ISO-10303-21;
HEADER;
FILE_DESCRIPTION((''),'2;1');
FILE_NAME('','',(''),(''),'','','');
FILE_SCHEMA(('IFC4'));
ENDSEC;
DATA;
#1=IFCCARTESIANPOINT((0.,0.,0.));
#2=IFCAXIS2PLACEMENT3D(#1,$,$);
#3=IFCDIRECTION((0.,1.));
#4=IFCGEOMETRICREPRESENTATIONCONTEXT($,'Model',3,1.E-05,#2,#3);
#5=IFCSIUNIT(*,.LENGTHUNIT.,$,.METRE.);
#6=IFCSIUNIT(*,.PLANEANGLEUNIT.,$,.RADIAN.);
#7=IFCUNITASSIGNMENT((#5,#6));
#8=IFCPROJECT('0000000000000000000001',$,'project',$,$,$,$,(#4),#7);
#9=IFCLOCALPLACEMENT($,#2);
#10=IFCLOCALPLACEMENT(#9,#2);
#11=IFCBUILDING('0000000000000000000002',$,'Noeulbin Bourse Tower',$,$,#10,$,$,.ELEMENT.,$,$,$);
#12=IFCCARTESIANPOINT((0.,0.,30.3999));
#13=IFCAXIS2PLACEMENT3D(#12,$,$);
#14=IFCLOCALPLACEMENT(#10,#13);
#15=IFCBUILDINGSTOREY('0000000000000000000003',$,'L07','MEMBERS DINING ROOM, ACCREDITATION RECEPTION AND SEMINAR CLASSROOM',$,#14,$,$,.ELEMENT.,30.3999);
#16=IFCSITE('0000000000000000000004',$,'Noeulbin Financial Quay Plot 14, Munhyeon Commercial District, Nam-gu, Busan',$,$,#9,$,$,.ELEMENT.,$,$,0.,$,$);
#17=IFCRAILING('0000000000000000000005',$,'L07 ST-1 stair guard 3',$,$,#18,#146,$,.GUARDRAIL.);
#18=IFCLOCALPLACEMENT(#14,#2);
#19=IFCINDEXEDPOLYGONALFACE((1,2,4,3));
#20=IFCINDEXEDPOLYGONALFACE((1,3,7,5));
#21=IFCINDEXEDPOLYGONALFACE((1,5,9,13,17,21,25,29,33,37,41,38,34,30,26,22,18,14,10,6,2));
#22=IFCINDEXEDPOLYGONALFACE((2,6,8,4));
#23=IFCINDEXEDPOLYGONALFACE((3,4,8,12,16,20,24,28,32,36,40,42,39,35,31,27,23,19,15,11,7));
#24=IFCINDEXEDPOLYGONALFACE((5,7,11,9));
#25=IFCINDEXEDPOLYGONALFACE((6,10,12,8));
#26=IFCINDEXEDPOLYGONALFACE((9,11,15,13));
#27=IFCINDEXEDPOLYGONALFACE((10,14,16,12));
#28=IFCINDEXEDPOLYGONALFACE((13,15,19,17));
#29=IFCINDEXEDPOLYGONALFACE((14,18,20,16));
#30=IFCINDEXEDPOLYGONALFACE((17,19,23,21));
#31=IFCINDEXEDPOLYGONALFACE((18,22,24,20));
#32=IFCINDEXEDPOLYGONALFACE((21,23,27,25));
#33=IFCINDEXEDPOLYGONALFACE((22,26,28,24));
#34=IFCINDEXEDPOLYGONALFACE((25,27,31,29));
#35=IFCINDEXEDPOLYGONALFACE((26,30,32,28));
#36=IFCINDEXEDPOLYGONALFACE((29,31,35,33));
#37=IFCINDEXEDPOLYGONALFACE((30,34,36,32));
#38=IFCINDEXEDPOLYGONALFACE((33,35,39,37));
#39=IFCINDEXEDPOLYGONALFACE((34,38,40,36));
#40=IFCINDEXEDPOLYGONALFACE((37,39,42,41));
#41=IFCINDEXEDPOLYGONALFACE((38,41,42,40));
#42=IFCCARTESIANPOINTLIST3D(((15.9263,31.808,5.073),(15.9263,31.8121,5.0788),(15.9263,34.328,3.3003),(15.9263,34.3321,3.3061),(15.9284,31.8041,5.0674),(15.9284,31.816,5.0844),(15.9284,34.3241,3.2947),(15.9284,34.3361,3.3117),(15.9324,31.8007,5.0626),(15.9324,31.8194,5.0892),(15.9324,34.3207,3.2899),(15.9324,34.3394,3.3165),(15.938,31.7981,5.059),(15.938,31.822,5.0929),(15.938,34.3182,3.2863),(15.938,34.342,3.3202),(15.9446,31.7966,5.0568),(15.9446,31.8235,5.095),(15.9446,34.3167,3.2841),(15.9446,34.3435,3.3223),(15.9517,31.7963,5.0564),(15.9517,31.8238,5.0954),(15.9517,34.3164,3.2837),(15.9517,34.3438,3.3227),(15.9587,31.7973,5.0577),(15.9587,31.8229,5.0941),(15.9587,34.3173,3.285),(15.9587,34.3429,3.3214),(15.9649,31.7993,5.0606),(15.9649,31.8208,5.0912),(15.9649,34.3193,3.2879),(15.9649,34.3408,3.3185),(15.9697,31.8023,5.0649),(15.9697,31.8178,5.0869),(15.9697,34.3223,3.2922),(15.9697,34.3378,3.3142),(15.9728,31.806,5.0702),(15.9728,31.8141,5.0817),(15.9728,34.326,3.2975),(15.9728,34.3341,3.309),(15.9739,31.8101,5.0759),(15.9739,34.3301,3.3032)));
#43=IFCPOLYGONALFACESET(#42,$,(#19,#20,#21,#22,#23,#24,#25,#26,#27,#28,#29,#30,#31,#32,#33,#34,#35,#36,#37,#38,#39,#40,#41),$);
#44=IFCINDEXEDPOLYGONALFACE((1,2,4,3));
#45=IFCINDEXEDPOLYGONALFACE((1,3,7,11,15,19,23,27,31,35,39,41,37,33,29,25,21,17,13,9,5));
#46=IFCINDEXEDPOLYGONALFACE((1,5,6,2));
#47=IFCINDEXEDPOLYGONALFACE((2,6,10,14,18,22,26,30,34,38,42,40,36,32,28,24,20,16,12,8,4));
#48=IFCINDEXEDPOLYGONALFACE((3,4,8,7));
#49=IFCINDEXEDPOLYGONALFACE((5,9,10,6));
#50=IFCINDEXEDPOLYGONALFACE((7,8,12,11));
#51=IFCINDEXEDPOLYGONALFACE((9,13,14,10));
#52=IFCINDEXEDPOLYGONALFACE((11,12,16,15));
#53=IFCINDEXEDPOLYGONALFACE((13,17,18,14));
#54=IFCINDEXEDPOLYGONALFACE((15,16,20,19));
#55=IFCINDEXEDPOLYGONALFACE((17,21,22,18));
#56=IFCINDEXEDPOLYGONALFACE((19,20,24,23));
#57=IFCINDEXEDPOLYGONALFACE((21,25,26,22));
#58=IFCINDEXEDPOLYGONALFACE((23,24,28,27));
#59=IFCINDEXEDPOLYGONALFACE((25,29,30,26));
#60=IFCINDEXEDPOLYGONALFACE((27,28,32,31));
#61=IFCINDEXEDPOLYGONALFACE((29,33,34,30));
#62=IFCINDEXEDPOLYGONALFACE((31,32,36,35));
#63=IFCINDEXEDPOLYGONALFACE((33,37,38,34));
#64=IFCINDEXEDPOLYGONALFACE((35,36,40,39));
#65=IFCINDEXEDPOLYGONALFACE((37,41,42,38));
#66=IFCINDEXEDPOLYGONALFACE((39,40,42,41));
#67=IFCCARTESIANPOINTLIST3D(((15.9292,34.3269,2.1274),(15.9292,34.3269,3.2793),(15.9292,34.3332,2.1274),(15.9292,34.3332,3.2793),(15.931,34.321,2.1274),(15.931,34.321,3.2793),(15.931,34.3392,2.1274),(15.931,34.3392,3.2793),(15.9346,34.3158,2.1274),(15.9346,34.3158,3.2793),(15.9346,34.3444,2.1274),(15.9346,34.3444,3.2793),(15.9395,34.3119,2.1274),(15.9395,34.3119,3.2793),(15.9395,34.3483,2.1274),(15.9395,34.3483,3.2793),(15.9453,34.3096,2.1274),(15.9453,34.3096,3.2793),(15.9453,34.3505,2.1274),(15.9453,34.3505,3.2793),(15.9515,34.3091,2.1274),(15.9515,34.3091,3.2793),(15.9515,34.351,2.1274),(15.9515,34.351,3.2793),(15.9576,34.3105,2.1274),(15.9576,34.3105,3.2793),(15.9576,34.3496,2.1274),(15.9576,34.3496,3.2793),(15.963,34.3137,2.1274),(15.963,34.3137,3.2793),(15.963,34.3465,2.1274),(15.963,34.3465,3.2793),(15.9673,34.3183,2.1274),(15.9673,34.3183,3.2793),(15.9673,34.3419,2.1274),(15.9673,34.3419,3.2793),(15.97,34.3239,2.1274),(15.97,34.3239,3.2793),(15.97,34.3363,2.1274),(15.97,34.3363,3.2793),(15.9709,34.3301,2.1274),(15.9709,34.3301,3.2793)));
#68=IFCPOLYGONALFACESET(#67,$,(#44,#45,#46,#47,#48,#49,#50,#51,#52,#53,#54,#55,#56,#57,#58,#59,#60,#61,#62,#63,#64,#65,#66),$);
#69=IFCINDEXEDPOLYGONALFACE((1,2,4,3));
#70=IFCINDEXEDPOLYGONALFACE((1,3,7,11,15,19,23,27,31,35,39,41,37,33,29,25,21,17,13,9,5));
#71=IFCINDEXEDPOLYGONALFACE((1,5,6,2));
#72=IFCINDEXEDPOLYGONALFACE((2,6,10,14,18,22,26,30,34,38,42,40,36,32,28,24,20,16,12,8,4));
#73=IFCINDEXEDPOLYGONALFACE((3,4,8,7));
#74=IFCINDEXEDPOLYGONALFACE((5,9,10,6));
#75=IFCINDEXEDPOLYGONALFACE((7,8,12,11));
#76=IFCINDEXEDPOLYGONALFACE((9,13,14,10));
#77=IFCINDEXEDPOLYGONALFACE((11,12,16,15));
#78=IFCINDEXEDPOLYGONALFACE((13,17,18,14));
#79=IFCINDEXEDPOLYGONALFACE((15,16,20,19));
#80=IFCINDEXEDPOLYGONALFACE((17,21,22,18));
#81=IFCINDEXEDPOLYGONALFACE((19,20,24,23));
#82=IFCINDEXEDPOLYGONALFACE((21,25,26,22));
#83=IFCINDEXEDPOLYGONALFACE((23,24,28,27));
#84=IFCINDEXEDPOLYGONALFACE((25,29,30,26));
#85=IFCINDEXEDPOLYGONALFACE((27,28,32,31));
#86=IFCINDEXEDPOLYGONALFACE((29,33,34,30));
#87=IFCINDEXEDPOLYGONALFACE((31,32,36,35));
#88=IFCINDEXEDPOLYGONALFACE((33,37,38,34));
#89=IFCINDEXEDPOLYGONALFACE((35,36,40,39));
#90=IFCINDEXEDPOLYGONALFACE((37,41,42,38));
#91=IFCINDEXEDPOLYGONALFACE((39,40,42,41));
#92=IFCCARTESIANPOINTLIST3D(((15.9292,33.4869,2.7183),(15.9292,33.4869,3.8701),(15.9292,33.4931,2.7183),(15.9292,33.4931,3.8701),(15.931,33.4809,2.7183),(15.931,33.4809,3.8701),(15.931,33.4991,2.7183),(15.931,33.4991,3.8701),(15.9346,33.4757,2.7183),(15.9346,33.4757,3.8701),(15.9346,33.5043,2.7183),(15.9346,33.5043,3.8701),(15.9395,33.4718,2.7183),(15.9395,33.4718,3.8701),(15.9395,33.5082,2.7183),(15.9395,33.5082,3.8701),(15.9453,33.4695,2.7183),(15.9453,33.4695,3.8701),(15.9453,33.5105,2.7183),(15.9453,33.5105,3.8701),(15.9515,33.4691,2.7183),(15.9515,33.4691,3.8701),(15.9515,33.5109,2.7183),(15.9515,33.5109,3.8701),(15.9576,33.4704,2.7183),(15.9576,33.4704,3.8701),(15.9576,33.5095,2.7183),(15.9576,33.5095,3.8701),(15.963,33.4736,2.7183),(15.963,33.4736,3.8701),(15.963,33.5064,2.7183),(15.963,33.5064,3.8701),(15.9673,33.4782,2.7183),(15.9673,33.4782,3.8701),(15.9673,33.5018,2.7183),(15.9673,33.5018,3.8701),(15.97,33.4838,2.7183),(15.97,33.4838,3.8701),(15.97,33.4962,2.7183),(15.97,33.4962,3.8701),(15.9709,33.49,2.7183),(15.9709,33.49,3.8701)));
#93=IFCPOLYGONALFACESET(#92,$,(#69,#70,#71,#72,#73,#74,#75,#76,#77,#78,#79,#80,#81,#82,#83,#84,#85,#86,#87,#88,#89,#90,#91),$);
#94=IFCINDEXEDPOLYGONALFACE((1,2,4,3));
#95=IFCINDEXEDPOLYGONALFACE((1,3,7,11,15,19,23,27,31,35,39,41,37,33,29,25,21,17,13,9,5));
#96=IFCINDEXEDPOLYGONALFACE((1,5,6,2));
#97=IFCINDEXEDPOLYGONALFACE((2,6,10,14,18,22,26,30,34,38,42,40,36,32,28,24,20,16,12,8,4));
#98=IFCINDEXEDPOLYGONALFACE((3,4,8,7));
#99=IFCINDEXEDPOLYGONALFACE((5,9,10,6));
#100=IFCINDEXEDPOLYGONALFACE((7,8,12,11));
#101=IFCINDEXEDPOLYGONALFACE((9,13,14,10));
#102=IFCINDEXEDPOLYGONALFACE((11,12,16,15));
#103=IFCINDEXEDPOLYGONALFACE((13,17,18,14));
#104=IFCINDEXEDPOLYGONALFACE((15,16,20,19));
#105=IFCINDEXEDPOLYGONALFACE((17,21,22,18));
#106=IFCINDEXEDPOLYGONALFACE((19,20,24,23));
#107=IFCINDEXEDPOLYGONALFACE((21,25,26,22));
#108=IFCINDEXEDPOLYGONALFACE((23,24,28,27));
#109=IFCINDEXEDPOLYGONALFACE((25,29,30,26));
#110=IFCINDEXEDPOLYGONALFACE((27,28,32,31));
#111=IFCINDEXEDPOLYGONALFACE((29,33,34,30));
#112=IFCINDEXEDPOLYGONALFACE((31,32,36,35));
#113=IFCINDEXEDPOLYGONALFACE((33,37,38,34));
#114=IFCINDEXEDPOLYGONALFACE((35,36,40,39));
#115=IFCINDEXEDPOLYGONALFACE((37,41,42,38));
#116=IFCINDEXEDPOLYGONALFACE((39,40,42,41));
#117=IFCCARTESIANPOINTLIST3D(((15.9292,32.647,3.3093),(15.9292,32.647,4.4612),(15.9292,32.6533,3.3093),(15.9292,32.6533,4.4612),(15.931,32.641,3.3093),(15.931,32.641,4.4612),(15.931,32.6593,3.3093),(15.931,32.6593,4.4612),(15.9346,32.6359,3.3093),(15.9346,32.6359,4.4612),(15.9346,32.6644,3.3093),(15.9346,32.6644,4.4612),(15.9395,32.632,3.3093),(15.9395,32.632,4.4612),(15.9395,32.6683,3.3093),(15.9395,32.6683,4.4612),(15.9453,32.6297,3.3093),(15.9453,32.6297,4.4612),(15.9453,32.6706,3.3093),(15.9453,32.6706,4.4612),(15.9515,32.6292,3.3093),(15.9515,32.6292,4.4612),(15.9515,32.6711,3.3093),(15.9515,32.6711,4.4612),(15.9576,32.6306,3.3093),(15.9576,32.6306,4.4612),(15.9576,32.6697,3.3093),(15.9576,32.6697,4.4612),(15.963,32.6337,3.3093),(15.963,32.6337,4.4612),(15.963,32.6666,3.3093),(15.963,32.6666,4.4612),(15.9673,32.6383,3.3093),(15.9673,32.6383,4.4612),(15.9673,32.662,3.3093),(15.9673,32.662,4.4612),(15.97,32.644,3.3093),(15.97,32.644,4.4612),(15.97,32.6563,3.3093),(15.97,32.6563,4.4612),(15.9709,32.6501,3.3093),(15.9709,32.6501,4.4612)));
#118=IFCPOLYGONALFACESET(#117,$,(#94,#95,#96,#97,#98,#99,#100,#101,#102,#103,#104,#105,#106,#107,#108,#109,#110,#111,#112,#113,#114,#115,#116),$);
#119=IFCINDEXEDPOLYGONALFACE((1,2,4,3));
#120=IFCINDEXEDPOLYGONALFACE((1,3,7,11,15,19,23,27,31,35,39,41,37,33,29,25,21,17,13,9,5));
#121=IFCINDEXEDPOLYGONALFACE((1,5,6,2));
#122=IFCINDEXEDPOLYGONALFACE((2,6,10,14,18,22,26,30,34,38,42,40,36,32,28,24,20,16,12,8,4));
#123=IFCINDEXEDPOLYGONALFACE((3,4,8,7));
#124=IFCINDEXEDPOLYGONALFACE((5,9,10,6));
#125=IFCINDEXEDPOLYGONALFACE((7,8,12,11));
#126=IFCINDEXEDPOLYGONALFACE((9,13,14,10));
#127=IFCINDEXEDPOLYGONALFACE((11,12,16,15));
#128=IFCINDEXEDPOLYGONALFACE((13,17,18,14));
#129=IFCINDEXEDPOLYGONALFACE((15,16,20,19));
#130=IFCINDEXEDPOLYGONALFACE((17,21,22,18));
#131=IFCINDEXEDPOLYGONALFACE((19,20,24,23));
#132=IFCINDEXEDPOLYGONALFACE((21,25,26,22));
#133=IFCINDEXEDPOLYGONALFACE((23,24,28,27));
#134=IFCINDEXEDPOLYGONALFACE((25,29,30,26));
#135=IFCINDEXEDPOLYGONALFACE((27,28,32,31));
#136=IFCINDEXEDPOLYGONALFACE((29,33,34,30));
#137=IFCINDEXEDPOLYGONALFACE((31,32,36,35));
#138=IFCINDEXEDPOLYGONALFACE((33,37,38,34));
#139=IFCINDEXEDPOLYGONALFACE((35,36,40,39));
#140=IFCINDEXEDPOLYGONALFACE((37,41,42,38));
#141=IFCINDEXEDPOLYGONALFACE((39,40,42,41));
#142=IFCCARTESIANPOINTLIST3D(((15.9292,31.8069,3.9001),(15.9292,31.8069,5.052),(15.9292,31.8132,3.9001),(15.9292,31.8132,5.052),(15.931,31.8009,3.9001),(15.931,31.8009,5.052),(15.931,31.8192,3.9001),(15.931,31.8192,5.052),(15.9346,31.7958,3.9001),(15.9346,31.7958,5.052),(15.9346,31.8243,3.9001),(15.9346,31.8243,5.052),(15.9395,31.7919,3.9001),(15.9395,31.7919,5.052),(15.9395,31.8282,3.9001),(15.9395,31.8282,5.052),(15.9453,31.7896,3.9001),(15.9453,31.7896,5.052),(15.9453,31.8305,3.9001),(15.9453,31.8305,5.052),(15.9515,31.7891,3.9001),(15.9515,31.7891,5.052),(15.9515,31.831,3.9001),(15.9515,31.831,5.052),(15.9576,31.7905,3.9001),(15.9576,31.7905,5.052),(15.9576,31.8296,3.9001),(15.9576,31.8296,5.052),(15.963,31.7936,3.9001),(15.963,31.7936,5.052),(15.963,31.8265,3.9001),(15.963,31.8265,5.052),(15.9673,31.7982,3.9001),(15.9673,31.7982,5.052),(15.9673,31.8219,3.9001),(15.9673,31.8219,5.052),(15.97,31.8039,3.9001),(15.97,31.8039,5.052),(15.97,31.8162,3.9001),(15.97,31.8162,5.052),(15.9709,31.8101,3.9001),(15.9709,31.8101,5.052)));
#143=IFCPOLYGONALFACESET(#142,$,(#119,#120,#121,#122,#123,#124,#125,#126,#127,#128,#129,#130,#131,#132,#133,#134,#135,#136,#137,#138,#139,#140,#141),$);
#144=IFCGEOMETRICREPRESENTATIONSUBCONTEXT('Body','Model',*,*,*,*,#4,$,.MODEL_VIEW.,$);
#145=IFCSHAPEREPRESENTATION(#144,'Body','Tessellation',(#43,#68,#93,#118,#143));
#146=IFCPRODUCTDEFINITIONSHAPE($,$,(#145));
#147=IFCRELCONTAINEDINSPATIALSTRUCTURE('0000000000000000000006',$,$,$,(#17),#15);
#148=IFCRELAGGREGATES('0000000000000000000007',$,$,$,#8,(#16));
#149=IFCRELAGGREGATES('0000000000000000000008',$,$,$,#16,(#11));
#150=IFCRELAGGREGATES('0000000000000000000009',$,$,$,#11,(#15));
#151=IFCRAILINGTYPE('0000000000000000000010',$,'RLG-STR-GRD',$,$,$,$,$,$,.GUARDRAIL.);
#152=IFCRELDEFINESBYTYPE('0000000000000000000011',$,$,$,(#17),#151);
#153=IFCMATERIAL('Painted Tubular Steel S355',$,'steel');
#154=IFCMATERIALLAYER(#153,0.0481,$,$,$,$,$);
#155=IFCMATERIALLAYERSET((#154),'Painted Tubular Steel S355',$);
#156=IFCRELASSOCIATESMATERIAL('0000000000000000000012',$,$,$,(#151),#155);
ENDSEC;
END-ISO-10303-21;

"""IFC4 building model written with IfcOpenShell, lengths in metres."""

from ifc_helpers import new_model, si_unit, direction, frame, origin, origin_2d, place, context, subcontext, project, spatial, circle, extrude, material, layer, layer_set, type_object, element, save


model = new_model("IFC4")

# Units and contexts
model_context = context("Model", 3, precision=1e-05, world=origin(), true_north=direction((0.0, 1.0)))
body_context = subcontext(model_context, "Body", "Model", "MODEL_VIEW")
ifc_project = project(units=[si_unit("LENGTHUNIT", "METRE"), si_unit("PLANEANGLEUNIT", "RADIAN")], contexts=[model_context])

# Site, building, storey
site_placement = place(None, origin())
site = spatial("IfcSite", under=ifc_project, at=site_placement, Name="Noeulbin Financial Quay Plot 14, Munhyeon Commercial District, Nam-gu, Busan", CompositionType="ELEMENT", RefElevation=0.0)
building_placement = place(site_placement, origin())
building = spatial("IfcBuilding", under=site, at=building_placement, Name="Noeulbin Bourse Tower", CompositionType="ELEMENT")
storey_placement = place(building_placement, frame((0.0, 0.0, 30.3999)))
storey = spatial("IfcBuildingStorey", under=building, at=storey_placement, Name="L07", Description="MEMBERS DINING ROOM, ACCREDITATION RECEPTION AND SEMINAR CLASSROOM", CompositionType="ELEMENT", Elevation=30.3999)

# Railing
ifc_material_1 = material(Name="Painted Tubular Steel S355", Category="steel")
ifc_layer_1 = layer(ifc_material_1, 0.0481)
ifc_layer_set_1 = layer_set([ifc_layer_1], Name="Painted Tubular Steel S355")
railing_type_1 = type_object("IfcRailingType", Name="RLG-STR-GRD", PredefinedType="GUARDRAIL", material=ifc_layer_set_1)
railing_1_placement = place(storey_placement, frame((15.95, 34.3301, 2.1274)))
element("IfcRailing", 1, at=railing_1_placement, inside=storey, type_object=railing_type_1, Name="L07 ST-1 stair guard 3", PredefinedType="GUARDRAIL", context=body_context, shape_type="SweptSolid", body=[
    extrude(circle(Radius=0.0239, at=origin_2d()), frame((0.0, 0.0, 1.1758), z_axis=(0.0, -0.817904, 0.575354), x_axis=(1.0, 0.0, 0.0)), (0.0, 0.0, 1.0), 3.0811),
    extrude(circle(Radius=0.021, at=origin_2d()), origin(), (0.0, 0.0, 1.0), 1.1519),
    extrude(circle(Radius=0.021, at=origin_2d()), frame((0.0, -0.8401, 0.5908)), (0.0, 0.0, 1.0), 1.1519),
    extrude(circle(Radius=0.021, at=origin_2d()), frame((0.0, -1.6799, 1.1819)), (0.0, 0.0, 1.0), 1.1519),
    extrude(circle(Radius=0.021, at=origin_2d()), frame((0.0, -2.52, 1.7727)), (0.0, 0.0, 1.0), 1.1519),
])

save(model, "model.ifc")
